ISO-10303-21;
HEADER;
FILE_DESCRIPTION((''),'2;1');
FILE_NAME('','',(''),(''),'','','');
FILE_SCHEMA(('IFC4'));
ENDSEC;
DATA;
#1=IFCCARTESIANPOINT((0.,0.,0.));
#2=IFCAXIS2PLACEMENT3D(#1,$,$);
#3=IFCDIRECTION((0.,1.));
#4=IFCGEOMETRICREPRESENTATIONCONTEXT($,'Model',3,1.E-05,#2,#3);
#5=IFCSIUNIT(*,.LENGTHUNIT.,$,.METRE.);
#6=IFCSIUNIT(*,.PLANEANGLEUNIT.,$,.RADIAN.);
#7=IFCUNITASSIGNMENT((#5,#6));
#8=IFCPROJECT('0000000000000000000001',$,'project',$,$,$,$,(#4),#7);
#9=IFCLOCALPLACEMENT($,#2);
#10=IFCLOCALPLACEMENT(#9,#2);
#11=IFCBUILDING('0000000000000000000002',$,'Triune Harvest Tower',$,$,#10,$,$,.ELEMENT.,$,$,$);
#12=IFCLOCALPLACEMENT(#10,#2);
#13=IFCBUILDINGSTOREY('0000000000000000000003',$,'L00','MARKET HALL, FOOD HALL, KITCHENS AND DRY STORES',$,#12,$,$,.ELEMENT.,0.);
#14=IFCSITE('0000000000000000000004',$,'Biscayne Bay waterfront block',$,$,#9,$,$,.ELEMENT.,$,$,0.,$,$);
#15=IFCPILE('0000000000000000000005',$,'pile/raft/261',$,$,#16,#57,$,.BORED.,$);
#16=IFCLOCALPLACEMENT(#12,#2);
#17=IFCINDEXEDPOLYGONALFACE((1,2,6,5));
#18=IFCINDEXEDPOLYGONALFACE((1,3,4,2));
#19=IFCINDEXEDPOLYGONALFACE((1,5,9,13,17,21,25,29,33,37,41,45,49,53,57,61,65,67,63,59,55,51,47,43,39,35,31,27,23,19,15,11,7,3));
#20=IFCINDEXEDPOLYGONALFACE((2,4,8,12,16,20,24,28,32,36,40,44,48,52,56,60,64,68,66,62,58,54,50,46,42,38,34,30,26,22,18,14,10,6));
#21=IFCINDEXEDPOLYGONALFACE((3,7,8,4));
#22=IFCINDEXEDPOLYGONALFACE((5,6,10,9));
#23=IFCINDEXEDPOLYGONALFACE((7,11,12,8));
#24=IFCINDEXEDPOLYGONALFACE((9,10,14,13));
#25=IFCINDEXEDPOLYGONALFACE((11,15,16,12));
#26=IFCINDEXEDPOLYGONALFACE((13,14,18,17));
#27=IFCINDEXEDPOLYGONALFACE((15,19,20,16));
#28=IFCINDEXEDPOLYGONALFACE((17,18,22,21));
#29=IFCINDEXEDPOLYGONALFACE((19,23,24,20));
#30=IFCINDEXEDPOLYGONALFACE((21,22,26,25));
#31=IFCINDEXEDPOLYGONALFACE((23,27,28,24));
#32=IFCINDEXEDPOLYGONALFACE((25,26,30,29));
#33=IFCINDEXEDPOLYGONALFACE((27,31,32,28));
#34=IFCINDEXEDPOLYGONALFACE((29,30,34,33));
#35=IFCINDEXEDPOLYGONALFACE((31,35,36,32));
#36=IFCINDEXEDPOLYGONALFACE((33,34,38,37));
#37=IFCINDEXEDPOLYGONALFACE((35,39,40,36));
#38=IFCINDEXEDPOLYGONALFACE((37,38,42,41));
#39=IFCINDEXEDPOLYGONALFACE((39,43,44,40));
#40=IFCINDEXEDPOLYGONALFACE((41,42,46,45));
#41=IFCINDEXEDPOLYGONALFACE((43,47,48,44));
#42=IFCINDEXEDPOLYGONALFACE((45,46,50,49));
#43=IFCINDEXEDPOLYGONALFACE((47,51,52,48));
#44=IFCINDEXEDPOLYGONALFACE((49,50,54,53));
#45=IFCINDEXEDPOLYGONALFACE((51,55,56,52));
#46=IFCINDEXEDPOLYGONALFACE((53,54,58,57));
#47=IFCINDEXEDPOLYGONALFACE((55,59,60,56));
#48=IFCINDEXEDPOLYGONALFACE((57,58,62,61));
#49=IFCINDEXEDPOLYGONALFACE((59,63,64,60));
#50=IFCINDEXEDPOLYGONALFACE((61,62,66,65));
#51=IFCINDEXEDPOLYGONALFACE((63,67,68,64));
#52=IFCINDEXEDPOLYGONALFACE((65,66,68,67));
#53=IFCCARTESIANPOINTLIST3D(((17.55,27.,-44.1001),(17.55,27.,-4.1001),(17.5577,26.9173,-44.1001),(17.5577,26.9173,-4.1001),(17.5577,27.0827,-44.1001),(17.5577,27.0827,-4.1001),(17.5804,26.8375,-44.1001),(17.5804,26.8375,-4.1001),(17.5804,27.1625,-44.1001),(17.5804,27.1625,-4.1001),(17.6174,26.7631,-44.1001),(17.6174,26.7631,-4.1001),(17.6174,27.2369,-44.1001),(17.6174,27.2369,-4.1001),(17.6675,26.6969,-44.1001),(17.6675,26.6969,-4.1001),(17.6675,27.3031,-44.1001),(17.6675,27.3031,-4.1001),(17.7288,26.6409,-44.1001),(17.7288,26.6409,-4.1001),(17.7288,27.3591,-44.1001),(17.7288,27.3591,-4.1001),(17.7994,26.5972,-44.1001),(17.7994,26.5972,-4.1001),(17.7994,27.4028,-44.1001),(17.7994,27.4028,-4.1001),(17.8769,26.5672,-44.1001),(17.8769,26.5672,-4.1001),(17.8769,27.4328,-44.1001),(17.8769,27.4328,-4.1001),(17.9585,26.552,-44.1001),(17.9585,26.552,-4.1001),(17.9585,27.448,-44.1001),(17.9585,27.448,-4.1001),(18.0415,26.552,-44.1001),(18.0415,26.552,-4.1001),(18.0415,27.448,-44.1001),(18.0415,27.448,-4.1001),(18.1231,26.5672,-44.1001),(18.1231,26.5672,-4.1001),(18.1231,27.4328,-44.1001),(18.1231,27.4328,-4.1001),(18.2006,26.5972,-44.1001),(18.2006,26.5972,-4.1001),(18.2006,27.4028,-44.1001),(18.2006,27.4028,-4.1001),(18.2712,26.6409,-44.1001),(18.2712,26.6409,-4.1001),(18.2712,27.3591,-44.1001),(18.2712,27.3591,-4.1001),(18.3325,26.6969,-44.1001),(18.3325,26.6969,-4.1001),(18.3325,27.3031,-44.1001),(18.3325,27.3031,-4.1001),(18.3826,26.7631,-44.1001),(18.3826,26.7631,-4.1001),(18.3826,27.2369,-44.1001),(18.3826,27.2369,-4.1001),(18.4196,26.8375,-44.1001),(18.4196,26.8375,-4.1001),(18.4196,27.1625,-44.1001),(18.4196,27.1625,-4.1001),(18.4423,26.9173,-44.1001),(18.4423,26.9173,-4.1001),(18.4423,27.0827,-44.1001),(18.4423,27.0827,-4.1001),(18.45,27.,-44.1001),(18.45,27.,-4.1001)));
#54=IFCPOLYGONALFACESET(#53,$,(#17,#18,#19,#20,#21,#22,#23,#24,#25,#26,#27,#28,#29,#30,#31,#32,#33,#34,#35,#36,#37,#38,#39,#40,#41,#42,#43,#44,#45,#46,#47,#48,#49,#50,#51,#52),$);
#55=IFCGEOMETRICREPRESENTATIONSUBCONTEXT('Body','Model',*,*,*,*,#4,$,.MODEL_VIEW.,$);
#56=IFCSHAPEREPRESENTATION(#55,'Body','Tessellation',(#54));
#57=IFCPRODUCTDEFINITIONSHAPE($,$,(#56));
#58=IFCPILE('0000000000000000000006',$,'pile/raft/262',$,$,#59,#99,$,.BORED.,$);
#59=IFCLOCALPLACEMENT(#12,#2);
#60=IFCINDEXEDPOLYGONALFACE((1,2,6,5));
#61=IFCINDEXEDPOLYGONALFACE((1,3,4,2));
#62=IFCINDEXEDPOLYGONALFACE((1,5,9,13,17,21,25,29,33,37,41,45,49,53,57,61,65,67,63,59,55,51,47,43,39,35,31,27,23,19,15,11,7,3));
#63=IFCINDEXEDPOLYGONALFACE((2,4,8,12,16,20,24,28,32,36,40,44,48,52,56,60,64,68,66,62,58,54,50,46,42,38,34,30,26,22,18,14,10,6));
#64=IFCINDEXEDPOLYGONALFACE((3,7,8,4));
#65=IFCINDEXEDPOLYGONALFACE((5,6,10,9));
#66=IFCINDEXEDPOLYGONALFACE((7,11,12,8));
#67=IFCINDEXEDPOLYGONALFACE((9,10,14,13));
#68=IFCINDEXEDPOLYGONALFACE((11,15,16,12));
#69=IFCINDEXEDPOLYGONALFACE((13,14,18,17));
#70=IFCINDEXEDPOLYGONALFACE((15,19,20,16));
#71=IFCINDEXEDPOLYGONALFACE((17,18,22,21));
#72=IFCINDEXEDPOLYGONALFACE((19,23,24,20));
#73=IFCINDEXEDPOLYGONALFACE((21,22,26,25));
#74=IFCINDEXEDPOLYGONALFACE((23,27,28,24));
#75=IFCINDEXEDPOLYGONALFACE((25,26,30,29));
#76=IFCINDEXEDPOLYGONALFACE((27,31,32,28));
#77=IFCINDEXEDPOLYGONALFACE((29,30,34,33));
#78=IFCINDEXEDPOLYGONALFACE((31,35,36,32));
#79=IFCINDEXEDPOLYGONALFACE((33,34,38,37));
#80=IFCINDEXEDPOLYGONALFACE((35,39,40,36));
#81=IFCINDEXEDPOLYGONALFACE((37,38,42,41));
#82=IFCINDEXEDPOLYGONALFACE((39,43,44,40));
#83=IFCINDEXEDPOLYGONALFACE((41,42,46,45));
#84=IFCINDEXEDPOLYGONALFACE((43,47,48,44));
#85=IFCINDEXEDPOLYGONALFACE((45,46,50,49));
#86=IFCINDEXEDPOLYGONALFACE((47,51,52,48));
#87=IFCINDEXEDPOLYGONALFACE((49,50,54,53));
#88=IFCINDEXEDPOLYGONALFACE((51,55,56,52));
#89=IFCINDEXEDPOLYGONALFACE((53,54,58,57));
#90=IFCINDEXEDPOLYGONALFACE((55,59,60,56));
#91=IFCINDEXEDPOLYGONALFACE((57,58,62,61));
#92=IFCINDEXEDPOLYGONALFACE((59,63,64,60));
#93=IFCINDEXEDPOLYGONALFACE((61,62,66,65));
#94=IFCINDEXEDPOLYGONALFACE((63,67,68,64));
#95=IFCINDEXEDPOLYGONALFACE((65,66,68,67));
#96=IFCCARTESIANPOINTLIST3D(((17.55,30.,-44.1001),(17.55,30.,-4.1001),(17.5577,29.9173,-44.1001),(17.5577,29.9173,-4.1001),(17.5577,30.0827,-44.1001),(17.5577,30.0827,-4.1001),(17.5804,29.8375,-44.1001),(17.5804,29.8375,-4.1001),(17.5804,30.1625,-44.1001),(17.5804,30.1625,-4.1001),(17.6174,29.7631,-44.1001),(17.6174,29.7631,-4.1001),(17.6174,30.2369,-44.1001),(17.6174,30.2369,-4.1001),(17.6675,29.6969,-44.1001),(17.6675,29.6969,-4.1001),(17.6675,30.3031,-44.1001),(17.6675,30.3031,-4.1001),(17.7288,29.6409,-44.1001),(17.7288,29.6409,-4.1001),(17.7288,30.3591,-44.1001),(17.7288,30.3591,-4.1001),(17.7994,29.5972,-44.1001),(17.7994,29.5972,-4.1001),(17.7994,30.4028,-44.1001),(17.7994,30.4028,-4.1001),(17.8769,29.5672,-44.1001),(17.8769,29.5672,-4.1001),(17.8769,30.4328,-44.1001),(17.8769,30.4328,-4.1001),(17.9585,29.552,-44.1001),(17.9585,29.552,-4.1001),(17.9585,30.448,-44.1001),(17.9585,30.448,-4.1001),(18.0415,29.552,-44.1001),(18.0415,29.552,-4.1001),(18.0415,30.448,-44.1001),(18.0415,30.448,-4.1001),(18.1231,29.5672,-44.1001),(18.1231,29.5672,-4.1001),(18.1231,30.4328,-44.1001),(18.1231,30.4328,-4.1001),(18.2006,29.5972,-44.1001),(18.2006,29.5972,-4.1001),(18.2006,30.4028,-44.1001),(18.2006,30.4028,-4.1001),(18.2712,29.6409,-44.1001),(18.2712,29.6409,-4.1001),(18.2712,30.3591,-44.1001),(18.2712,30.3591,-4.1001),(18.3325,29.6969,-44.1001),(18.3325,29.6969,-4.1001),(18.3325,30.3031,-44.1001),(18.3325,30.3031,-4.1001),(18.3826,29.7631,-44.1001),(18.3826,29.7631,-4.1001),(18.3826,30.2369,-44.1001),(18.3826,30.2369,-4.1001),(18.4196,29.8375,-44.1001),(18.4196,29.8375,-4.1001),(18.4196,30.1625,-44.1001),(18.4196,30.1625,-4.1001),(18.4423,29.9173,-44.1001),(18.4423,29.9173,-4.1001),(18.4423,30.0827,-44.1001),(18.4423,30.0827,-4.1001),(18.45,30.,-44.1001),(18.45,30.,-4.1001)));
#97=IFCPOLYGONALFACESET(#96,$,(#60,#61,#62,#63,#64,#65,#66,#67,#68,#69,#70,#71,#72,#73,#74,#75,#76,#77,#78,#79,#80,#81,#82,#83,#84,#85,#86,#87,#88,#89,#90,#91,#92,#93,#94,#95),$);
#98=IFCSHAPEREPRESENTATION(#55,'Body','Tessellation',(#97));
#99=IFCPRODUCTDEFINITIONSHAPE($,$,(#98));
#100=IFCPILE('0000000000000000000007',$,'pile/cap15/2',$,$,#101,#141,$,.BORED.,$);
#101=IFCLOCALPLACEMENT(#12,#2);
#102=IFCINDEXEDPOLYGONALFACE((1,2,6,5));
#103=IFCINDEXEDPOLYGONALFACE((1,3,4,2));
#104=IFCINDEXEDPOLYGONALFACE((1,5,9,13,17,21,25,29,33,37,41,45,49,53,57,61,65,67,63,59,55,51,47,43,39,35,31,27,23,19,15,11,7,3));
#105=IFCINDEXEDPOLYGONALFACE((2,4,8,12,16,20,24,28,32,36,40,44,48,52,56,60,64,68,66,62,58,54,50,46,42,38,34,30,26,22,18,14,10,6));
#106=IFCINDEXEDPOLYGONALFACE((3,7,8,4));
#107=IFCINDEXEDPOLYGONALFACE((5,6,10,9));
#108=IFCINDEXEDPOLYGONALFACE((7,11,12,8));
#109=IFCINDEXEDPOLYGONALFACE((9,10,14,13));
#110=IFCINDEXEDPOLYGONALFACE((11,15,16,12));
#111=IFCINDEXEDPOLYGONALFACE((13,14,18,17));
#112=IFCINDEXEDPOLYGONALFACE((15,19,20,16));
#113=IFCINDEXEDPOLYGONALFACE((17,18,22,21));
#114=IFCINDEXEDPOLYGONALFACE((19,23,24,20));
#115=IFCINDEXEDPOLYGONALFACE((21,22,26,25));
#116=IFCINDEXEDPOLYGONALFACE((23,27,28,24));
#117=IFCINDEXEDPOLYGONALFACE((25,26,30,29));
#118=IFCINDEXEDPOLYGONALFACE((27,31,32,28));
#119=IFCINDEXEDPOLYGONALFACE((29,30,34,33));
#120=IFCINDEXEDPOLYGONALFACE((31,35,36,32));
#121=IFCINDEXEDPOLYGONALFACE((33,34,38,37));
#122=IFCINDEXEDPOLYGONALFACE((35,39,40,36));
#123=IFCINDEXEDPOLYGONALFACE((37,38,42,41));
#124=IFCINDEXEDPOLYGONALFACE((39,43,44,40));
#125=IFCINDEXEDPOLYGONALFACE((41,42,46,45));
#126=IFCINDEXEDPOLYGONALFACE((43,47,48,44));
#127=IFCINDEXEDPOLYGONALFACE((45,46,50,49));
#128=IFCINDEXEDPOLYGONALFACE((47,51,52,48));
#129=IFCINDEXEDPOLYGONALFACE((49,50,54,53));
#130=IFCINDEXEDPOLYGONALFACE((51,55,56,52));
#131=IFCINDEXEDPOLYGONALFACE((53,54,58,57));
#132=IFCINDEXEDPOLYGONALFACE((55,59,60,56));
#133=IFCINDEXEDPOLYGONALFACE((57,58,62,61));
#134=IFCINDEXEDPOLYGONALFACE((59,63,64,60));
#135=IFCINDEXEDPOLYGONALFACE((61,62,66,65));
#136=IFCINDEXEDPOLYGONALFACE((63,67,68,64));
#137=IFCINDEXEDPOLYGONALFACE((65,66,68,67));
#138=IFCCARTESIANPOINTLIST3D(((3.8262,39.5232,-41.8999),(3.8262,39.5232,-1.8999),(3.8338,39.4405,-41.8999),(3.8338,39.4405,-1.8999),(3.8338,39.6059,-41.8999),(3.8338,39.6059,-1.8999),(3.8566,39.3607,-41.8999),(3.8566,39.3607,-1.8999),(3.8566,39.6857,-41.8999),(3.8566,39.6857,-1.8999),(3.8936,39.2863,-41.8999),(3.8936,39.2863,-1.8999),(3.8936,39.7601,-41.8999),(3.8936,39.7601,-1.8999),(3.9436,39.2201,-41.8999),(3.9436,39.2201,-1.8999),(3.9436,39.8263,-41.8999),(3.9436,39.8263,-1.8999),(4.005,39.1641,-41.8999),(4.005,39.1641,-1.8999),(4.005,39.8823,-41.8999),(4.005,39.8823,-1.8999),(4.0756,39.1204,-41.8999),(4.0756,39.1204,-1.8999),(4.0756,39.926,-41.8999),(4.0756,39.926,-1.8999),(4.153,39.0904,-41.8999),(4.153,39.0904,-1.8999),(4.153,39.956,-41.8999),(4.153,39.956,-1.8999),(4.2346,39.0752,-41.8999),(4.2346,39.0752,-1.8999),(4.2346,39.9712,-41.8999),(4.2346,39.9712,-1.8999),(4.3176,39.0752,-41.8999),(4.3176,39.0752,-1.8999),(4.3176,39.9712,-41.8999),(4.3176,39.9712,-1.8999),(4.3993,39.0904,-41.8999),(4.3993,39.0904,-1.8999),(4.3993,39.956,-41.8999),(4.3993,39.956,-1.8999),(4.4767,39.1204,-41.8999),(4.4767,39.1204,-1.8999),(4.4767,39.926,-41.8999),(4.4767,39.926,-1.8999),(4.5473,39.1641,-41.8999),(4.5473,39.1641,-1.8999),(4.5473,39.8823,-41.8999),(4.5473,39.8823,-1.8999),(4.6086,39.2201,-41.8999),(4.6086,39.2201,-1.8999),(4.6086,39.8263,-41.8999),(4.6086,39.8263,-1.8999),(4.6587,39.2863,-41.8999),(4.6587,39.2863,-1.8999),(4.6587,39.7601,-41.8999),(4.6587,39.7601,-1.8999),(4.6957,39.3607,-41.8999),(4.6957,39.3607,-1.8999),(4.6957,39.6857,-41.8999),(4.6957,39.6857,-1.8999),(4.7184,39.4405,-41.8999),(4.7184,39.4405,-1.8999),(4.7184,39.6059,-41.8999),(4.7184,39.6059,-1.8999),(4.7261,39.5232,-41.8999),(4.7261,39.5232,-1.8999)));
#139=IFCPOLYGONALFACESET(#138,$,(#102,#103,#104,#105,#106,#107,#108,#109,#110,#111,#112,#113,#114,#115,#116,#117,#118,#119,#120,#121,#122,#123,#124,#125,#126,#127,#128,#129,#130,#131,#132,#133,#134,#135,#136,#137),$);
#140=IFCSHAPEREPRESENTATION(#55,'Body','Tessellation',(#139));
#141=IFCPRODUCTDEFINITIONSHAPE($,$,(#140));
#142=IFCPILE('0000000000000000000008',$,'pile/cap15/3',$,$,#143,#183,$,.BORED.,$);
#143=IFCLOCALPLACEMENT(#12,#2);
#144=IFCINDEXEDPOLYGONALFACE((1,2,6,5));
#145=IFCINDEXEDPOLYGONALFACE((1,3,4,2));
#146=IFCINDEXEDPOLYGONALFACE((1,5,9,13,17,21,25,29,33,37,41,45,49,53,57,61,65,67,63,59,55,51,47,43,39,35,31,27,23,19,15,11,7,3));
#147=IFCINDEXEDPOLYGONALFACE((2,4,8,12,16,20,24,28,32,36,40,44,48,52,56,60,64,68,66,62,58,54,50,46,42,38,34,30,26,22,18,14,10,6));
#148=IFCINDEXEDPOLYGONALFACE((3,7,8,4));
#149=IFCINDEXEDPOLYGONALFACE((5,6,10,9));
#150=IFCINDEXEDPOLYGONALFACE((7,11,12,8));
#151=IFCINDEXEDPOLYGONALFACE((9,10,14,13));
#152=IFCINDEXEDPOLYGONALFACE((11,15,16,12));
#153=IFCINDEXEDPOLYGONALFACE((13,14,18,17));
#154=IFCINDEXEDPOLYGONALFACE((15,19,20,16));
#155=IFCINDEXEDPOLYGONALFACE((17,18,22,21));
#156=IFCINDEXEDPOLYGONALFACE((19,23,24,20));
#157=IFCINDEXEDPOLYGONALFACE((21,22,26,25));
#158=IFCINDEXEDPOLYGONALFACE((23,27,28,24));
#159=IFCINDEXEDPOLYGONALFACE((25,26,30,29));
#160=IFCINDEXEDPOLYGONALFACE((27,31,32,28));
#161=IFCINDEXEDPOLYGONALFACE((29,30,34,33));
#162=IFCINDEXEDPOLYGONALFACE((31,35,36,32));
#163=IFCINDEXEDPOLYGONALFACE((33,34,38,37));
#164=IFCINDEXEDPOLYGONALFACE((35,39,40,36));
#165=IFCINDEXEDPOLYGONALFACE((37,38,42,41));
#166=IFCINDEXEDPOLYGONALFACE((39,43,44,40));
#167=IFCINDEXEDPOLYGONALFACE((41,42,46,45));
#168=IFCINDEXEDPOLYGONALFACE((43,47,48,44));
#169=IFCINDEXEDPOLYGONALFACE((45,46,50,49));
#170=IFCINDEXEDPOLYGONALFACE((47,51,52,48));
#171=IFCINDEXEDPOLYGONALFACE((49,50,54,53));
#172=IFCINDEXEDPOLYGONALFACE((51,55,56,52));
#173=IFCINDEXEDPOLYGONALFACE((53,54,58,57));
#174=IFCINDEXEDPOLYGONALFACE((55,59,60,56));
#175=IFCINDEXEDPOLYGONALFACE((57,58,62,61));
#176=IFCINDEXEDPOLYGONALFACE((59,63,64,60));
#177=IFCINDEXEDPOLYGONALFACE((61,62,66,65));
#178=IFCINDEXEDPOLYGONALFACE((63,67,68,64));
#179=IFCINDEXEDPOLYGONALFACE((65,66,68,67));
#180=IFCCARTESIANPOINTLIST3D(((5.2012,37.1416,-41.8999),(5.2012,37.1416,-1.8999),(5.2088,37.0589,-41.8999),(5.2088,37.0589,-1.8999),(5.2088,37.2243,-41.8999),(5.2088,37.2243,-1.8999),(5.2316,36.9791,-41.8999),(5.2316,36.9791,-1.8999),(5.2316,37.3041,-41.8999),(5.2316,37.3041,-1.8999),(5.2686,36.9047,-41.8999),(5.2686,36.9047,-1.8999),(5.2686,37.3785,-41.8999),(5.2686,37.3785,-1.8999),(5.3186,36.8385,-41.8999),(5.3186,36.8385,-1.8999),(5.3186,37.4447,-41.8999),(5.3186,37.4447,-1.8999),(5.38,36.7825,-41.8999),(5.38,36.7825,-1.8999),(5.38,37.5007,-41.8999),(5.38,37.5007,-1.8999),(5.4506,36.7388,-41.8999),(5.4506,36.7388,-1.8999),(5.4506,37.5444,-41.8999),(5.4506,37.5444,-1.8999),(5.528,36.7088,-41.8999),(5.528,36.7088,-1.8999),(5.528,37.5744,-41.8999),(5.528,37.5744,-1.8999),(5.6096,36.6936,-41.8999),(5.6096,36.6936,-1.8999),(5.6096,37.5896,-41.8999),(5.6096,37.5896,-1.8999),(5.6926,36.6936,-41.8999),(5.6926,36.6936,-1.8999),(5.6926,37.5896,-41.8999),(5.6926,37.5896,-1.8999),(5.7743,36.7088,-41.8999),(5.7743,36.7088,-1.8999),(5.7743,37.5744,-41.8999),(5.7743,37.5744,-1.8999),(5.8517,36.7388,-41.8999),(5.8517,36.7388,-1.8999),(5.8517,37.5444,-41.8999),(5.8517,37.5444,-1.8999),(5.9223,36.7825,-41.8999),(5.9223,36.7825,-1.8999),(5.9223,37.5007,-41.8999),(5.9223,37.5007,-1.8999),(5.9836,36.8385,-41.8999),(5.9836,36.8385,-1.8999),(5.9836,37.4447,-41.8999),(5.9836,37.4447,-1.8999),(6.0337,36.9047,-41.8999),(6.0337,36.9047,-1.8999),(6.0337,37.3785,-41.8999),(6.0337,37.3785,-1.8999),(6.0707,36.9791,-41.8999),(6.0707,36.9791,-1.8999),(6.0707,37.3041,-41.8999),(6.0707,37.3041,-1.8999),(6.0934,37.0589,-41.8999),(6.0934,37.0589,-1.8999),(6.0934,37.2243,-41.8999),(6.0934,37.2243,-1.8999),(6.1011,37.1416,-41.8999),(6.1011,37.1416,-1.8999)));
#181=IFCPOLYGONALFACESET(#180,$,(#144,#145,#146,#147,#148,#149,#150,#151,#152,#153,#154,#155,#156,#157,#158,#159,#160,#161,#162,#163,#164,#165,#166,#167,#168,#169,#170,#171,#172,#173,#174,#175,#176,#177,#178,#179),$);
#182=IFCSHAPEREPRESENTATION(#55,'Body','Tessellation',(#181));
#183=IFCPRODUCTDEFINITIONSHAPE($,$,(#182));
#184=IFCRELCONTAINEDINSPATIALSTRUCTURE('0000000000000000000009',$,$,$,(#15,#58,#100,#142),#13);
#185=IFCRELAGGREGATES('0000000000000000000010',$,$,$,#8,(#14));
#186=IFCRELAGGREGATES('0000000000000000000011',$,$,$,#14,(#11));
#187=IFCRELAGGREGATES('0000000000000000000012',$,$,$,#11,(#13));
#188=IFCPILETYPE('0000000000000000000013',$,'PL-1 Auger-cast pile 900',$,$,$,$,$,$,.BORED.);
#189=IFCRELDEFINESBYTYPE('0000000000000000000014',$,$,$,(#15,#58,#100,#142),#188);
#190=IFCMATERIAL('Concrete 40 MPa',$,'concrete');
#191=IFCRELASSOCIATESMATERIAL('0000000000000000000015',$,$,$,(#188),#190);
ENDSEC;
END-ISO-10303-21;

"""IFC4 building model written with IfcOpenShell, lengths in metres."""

from ifc_helpers import new_model, si_unit, direction, frame, origin, origin_2d, place, context, subcontext, project, spatial, circle, extrude, source, transform, mapped, material, material_profile, profile_set, type_object, element, save


model = new_model("IFC4")

# Units and contexts
model_context = context("Model", 3, precision=1e-05, world=origin(), true_north=direction((0.0, 1.0)))
body_context = subcontext(model_context, "Body", "Model", "MODEL_VIEW")
ifc_project = project(units=[si_unit("LENGTHUNIT", "METRE"), si_unit("PLANEANGLEUNIT", "RADIAN")], contexts=[model_context])

# Site, building, storey
site_placement = place(None, origin())
site = spatial("IfcSite", under=ifc_project, at=site_placement, Name="Biscayne Bay waterfront block", CompositionType="ELEMENT", RefElevation=0.0)
building_placement = place(site_placement, origin())
building = spatial("IfcBuilding", under=site, at=building_placement, Name="Triune Harvest Tower", CompositionType="ELEMENT")
storey_placement = place(building_placement, origin())
storey = spatial("IfcBuildingStorey", under=building, at=storey_placement, Name="L00", Description="MARKET HALL, FOOD HALL, KITCHENS AND DRY STORES", CompositionType="ELEMENT", Elevation=0.0)

# Piles
ifc_material_1 = material(Name="Concrete 40 MPa", Category="concrete")
ifc_material_profile_1 = material_profile(ifc_material_1, circle(Radius=0.45, at=origin_2d()), Name="Bored 900")
ifc_profile_set_1 = profile_set([ifc_material_profile_1], Name="Concrete 40 MPa")
pile_type = type_object("IfcPileType", Name="PL-1 Auger-cast pile 900", PredefinedType="BORED", material=ifc_profile_set_1)
shared_shape_1 = source(origin(), body_context, "Body", "SweptSolid", [
    extrude(circle(Radius=0.45, at=origin_2d()), origin(), (0.0, 0.0, 1.0), 40.0),
])
for number, where, z_axis, x_axis, name in (
    (1, (18.0, 27.0, -4.1001), (0.0, 0.0, -1.0), (1.0, 0.0, 0.0), "pile/raft/261"),
    (2, (18.0, 30.0, -4.1001), (0.0, 0.0, -1.0), (1.0, 0.0, 0.0), "pile/raft/262"),
    (3, (4.2761, 39.5232, -1.8999), (0.0, 0.0, -1.0), (1.0, 0.0, 0.0), "pile/cap15/2"),
    (4, (5.6511, 37.1416, -1.8999), (0.0, 0.0, -1.0), (1.0, 0.0, 0.0), "pile/cap15/3"),
):
    element("IfcPile", number, at=place(storey_placement, frame(where, z_axis=z_axis, x_axis=x_axis)), inside=storey, type_object=pile_type, Name=name, PredefinedType="BORED", context=body_context, shape_type="MappedRepresentation", body=[
        mapped(shared_shape_1, transform((0.0, 0.0, 0.0), scale=1.0)),
    ])

save(model, "model.ifc")
